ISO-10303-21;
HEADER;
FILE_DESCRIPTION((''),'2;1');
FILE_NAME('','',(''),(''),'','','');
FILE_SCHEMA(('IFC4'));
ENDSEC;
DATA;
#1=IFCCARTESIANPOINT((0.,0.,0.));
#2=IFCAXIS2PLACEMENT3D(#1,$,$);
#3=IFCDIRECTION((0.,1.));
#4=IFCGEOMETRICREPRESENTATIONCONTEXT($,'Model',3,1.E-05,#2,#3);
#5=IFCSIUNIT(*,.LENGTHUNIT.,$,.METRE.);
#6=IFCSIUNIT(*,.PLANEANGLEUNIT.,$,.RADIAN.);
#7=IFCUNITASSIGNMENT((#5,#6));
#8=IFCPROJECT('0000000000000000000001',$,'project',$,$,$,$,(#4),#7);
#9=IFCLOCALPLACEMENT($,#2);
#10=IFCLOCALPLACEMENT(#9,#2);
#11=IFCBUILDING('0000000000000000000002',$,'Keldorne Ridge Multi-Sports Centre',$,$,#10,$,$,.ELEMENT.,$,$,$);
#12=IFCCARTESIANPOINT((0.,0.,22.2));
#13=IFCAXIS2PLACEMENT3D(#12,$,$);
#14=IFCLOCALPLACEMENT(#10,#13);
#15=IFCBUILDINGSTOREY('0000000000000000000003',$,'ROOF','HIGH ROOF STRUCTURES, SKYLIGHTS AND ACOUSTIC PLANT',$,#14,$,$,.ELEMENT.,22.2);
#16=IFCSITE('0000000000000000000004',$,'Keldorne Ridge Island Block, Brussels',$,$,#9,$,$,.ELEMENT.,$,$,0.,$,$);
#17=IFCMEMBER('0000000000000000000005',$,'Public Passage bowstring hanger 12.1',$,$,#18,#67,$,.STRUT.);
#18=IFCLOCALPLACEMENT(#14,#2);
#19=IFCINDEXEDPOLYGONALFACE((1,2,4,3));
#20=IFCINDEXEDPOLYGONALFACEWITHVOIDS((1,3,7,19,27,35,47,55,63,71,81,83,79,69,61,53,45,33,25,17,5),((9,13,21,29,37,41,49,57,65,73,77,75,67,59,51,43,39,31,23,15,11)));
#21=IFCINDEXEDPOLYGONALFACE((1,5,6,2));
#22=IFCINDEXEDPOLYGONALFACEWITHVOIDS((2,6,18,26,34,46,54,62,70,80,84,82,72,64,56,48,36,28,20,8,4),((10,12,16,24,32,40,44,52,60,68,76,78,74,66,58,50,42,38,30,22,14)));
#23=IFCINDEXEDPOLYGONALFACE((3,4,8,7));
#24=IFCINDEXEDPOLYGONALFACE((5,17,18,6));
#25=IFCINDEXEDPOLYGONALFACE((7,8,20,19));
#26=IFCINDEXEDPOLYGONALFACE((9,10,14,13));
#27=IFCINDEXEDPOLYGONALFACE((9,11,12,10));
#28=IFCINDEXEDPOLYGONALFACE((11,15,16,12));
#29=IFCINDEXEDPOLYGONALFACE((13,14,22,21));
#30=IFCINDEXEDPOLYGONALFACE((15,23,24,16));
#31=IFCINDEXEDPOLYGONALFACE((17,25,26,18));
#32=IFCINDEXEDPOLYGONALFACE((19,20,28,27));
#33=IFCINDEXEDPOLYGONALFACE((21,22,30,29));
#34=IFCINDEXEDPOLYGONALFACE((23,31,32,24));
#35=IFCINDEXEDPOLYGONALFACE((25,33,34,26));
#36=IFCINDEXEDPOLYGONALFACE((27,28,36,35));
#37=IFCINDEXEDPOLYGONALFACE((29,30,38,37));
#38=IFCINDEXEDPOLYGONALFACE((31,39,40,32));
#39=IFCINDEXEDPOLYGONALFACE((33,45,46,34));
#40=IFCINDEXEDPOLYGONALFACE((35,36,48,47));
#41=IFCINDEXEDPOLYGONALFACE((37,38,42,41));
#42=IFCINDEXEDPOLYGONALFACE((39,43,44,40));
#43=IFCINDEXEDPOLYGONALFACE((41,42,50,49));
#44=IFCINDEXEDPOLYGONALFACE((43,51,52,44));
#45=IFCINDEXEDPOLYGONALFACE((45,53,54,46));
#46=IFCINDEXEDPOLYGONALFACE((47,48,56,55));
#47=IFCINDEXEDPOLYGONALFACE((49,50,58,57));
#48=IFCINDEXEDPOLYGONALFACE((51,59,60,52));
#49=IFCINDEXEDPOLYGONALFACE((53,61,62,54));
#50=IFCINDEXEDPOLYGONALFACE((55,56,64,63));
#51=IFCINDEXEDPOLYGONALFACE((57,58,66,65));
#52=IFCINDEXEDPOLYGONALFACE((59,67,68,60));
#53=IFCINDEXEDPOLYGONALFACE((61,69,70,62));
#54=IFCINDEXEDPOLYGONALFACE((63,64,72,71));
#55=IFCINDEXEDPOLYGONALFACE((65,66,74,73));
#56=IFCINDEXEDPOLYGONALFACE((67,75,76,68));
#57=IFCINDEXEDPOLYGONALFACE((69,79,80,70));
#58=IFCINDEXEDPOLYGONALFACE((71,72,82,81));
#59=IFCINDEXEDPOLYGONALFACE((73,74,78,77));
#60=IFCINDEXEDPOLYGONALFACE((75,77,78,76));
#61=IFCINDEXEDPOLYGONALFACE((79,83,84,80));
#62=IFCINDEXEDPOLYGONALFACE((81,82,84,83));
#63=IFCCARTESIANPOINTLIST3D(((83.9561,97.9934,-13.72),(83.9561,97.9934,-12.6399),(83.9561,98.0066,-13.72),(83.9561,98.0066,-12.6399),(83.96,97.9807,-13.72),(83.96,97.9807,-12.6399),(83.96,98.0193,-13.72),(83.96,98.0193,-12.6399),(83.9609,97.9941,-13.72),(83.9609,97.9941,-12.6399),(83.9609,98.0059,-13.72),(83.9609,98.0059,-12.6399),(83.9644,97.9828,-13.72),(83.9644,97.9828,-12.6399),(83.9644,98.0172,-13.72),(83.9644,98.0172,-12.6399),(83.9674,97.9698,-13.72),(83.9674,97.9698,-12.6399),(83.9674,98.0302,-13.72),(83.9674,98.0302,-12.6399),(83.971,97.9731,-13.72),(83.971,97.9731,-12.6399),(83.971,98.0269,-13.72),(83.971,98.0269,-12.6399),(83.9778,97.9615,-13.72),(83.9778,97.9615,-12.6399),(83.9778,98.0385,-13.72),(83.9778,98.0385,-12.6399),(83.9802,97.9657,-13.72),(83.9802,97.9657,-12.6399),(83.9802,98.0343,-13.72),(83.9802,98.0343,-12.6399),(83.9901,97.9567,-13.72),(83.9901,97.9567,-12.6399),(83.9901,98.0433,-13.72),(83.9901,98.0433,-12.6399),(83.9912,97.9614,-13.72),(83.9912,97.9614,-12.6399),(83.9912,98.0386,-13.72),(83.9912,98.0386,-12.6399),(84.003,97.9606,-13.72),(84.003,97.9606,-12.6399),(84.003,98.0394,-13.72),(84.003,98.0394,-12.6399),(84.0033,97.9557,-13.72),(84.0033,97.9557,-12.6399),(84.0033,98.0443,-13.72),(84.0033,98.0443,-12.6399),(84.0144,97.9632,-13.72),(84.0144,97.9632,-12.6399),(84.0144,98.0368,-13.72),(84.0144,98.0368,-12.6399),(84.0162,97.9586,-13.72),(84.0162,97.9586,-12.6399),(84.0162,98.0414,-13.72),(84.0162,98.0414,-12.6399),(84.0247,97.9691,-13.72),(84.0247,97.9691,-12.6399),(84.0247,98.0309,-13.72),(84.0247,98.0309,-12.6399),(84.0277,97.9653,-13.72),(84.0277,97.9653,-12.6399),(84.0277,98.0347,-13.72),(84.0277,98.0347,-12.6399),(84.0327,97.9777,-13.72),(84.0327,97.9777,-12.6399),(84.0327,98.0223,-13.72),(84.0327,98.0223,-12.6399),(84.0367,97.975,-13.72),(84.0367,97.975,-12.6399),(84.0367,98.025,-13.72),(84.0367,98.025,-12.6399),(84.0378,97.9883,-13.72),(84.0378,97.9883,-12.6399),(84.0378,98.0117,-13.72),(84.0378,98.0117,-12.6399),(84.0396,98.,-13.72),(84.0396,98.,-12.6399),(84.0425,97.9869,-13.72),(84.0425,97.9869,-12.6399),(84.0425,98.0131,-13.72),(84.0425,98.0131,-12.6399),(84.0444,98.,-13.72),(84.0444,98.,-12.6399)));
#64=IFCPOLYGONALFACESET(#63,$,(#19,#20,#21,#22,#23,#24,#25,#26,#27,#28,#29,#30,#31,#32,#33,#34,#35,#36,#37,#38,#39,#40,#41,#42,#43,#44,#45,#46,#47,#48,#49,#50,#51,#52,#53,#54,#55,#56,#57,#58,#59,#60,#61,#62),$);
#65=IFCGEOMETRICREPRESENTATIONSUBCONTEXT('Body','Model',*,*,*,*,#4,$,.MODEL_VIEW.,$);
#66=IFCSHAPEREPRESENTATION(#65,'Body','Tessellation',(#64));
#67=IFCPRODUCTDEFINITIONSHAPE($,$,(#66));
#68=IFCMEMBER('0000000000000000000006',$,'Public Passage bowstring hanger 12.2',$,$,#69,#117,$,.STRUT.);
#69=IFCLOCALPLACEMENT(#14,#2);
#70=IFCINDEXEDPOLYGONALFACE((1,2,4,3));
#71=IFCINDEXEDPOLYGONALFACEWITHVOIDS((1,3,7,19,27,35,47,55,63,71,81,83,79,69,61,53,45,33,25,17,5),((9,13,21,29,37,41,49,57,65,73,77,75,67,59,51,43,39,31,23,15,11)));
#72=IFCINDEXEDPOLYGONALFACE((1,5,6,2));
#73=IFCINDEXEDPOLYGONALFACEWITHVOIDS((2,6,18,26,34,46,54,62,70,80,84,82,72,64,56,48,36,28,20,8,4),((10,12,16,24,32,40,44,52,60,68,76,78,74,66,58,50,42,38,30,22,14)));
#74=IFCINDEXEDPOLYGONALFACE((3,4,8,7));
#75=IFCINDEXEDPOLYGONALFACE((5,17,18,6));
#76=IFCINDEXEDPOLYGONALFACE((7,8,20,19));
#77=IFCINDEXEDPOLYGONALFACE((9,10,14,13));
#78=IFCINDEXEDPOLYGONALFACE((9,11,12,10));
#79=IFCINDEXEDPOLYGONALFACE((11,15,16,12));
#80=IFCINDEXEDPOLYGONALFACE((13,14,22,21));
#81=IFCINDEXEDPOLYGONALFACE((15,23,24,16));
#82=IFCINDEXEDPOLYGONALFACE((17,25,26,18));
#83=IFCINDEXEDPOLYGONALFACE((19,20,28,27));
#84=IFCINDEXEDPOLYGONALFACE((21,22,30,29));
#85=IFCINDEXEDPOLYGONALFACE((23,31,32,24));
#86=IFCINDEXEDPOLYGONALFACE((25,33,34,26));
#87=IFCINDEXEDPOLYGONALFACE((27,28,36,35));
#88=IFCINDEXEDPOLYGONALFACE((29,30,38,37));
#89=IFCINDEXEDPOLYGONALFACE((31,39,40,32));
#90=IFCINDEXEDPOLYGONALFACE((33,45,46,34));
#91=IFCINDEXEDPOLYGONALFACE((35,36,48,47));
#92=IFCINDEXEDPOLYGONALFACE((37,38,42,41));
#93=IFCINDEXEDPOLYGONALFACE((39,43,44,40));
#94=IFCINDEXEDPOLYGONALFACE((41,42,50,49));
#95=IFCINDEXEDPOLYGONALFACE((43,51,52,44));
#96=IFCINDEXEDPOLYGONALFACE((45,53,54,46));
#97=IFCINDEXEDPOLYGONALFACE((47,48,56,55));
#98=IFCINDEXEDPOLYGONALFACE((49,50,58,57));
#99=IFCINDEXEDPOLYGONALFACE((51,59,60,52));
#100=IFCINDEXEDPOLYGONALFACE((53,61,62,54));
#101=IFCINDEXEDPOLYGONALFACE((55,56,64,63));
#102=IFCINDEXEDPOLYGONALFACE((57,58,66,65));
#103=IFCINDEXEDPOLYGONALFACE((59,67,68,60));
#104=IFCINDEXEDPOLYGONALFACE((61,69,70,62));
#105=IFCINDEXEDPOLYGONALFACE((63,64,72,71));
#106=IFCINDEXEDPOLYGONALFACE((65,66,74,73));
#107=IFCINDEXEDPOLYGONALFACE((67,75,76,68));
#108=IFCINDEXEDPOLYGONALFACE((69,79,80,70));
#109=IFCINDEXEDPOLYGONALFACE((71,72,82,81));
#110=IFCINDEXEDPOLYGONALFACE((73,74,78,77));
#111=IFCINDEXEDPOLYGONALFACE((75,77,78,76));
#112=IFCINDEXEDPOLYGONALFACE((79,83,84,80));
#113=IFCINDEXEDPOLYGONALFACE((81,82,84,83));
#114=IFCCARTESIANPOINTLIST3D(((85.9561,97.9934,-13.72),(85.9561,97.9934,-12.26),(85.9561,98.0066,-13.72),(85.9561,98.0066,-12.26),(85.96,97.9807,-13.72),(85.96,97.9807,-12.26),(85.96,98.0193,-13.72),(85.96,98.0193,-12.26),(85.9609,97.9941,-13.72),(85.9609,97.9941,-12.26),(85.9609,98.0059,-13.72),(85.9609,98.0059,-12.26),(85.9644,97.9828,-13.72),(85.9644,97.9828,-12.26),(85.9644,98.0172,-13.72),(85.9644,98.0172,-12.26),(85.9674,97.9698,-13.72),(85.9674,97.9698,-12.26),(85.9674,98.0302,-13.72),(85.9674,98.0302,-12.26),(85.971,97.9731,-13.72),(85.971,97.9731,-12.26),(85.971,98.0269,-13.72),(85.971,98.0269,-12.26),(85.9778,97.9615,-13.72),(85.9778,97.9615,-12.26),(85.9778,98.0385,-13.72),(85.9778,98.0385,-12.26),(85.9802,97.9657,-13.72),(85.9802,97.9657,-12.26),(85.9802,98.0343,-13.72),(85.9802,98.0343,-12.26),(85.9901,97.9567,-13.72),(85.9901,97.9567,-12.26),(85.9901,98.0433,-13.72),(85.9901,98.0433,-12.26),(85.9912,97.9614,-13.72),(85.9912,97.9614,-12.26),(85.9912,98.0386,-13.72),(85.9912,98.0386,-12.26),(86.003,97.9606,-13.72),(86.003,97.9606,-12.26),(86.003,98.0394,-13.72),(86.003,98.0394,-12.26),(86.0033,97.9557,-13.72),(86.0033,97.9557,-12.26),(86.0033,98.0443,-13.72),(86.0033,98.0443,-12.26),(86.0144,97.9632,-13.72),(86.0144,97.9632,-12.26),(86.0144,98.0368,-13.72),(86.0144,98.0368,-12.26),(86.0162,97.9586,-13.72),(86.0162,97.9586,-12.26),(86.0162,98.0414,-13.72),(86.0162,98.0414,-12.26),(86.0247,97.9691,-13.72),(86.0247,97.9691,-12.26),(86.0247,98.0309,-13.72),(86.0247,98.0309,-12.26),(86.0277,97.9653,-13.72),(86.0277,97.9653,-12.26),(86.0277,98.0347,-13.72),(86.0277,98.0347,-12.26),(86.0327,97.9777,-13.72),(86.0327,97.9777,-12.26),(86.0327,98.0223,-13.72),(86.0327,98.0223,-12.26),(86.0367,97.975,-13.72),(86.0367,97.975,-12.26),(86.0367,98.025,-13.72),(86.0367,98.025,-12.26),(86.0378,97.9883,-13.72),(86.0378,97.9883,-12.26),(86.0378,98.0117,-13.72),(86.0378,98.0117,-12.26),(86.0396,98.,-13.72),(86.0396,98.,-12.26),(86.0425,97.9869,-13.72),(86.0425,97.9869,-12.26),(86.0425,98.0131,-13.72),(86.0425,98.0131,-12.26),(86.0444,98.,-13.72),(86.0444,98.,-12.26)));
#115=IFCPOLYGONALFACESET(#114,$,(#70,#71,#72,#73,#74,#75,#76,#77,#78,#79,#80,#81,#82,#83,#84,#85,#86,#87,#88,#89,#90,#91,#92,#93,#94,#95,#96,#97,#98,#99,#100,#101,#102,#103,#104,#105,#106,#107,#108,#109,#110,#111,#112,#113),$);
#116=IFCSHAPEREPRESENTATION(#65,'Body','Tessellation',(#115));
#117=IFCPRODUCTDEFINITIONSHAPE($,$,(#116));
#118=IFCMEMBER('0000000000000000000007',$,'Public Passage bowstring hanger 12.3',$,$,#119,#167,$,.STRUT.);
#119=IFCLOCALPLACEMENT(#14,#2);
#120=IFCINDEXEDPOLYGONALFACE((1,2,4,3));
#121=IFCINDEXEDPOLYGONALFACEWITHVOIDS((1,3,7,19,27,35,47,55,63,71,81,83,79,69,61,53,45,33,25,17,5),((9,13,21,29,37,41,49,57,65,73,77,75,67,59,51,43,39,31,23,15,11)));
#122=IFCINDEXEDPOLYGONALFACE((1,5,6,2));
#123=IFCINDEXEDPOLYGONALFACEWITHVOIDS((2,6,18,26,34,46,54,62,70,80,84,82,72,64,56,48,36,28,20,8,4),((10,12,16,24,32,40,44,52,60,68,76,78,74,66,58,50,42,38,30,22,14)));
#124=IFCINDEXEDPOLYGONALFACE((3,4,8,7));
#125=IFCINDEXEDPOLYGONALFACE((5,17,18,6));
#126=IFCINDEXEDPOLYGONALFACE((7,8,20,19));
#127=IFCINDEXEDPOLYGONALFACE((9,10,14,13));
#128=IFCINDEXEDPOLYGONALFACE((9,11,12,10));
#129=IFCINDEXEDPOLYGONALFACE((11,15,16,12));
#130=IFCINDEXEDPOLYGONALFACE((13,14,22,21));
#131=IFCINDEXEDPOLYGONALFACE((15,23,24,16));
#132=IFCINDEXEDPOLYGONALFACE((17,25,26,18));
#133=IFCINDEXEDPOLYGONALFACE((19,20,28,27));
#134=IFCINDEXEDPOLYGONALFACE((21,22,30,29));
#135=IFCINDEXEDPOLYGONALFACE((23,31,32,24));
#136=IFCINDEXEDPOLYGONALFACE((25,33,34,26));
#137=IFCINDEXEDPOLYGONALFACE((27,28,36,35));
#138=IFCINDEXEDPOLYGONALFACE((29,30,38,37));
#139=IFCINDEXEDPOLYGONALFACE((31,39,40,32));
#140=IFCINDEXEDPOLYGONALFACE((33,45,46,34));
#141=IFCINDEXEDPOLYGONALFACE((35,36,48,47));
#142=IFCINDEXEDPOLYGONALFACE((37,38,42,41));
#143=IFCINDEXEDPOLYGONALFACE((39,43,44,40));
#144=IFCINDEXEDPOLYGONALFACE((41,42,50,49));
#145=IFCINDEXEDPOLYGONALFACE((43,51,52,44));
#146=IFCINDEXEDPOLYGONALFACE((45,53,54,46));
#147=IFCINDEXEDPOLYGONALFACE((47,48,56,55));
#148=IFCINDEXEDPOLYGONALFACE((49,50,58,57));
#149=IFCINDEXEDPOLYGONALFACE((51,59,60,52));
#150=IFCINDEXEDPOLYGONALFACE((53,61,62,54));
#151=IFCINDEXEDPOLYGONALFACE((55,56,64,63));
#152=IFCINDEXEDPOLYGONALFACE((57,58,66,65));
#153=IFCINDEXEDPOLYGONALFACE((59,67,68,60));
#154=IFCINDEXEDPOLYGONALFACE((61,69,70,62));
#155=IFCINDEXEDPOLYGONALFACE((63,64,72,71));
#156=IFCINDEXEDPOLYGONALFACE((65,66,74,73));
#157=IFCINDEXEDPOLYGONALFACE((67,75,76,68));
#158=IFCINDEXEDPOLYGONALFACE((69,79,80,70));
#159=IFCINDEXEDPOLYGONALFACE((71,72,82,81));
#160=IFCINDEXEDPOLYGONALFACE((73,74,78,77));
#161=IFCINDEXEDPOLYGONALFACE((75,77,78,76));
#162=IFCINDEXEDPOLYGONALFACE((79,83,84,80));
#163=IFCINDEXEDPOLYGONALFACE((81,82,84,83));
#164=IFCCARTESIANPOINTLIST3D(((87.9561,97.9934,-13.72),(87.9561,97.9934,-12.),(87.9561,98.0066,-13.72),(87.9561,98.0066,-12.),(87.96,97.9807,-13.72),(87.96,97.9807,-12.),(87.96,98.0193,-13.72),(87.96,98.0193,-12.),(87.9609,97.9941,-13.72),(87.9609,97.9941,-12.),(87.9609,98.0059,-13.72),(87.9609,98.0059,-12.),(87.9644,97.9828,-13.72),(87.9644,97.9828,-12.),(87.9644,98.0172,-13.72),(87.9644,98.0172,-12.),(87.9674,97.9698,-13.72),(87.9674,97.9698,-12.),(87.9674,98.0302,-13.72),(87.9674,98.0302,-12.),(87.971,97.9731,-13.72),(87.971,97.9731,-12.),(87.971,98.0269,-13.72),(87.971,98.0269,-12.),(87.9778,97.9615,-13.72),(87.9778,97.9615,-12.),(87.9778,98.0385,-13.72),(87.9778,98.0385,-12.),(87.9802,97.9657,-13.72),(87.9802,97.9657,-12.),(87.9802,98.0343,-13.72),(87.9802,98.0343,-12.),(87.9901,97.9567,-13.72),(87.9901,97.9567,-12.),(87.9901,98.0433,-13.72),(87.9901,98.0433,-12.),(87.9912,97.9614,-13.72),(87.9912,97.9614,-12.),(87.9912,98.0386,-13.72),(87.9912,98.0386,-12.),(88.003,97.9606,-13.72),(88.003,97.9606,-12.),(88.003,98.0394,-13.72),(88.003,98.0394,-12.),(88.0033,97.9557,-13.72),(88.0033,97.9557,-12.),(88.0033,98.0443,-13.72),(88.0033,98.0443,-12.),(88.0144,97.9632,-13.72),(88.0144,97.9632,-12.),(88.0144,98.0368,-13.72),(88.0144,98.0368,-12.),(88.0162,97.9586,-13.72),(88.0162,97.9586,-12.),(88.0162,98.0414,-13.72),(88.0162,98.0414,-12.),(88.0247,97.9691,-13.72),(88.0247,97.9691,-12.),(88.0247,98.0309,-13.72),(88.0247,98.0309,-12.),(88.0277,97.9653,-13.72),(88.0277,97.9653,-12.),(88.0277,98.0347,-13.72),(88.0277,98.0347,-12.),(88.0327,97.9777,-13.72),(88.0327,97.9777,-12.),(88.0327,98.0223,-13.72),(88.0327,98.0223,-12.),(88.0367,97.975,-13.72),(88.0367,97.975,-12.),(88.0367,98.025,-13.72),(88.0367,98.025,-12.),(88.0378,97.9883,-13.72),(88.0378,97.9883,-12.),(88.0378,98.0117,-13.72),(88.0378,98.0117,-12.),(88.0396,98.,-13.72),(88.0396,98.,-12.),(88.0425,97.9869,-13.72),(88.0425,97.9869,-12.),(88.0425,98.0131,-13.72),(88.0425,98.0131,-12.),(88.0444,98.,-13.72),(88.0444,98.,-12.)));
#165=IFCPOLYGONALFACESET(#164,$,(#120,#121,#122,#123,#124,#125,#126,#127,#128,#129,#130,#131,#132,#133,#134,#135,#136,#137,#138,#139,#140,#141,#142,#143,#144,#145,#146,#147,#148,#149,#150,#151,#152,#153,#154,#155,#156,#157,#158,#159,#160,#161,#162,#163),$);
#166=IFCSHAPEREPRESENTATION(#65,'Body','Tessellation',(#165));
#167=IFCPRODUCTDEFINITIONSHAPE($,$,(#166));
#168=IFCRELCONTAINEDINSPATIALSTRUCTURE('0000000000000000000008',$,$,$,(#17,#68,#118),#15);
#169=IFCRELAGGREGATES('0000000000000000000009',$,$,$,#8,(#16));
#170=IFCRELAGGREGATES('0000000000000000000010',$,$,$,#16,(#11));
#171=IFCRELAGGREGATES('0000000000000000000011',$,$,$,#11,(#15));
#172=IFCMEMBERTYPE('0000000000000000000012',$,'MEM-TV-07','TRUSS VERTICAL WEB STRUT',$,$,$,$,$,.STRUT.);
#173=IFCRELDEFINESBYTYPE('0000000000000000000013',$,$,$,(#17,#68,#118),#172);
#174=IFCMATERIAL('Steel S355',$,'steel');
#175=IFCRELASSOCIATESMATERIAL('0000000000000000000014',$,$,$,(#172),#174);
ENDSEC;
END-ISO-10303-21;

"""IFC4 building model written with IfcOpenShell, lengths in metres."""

from ifc_helpers import new_model, si_unit, direction, frame, origin, origin_2d, place, context, subcontext, project, spatial, hollow_circle, extrude, material, material_profile, profile_set, type_object, element, save


model = new_model("IFC4")

# Units and contexts
model_context = context("Model", 3, precision=1e-05, world=origin(), true_north=direction((0.0, 1.0)))
body_context = subcontext(model_context, "Body", "Model", "MODEL_VIEW")
ifc_project = project(units=[si_unit("LENGTHUNIT", "METRE"), si_unit("PLANEANGLEUNIT", "RADIAN")], contexts=[model_context])

# Site, building, storey
site_placement = place(None, origin())
site = spatial("IfcSite", under=ifc_project, at=site_placement, Name="Keldorne Ridge Island Block, Brussels", CompositionType="ELEMENT", RefElevation=0.0)
building_placement = place(site_placement, origin())
building = spatial("IfcBuilding", under=site, at=building_placement, Name="Keldorne Ridge Multi-Sports Centre", CompositionType="ELEMENT")
storey_placement = place(building_placement, frame((0.0, 0.0, 22.2)))
storey = spatial("IfcBuildingStorey", under=building, at=storey_placement, Name="ROOF", Description="HIGH ROOF STRUCTURES, SKYLIGHTS AND ACOUSTIC PLANT", CompositionType="ELEMENT", Elevation=22.2)

# Members
ifc_material = material(Name="Steel S355", Category="steel")
ifc_material_profile_1 = material_profile(ifc_material, hollow_circle(Radius=0.0444, WallThickness=0.0049, at=origin_2d()), Name="CHS 88.9x5")
ifc_profile_set_1 = profile_set([ifc_material_profile_1], Name="Steel S355")
member_type_1 = type_object("IfcMemberType", Name="MEM-TV-07", Description="TRUSS VERTICAL WEB STRUT", PredefinedType="STRUT", material=ifc_profile_set_1)
member_1_placement = place(storey_placement, frame((84.0, 98.0, -13.72), z_axis=(0.0, 0.0, 1.0), x_axis=(1.0, 0.0, 0.0)))
element("IfcMember", 1, at=member_1_placement, inside=storey, type_object=member_type_1, Name="Public Passage bowstring hanger 12.1", PredefinedType="STRUT", context=body_context, shape_type="SweptSolid", body=[
    extrude(hollow_circle(Radius=0.0444, WallThickness=0.0049, at=origin_2d()), origin(), (0.0, 0.0, 1.0), 1.0801),
])
member_2_placement = place(storey_placement, frame((86.0, 98.0, -13.72), z_axis=(0.0, 0.0, 1.0), x_axis=(1.0, 0.0, 0.0)))
element("IfcMember", 2, at=member_2_placement, inside=storey, type_object=member_type_1, Name="Public Passage bowstring hanger 12.2", PredefinedType="STRUT", context=body_context, shape_type="SweptSolid", body=[
    extrude(hollow_circle(Radius=0.0444, WallThickness=0.0049, at=origin_2d()), origin(), (0.0, 0.0, 1.0), 1.46),
])
member_3_placement = place(storey_placement, frame((88.0, 98.0, -13.72), z_axis=(0.0, 0.0, 1.0), x_axis=(1.0, 0.0, 0.0)))
element("IfcMember", 3, at=member_3_placement, inside=storey, type_object=member_type_1, Name="Public Passage bowstring hanger 12.3", PredefinedType="STRUT", context=body_context, shape_type="SweptSolid", body=[
    extrude(hollow_circle(Radius=0.0444, WallThickness=0.0049, at=origin_2d()), origin(), (0.0, 0.0, 1.0), 1.72),
])

save(model, "model.ifc")
